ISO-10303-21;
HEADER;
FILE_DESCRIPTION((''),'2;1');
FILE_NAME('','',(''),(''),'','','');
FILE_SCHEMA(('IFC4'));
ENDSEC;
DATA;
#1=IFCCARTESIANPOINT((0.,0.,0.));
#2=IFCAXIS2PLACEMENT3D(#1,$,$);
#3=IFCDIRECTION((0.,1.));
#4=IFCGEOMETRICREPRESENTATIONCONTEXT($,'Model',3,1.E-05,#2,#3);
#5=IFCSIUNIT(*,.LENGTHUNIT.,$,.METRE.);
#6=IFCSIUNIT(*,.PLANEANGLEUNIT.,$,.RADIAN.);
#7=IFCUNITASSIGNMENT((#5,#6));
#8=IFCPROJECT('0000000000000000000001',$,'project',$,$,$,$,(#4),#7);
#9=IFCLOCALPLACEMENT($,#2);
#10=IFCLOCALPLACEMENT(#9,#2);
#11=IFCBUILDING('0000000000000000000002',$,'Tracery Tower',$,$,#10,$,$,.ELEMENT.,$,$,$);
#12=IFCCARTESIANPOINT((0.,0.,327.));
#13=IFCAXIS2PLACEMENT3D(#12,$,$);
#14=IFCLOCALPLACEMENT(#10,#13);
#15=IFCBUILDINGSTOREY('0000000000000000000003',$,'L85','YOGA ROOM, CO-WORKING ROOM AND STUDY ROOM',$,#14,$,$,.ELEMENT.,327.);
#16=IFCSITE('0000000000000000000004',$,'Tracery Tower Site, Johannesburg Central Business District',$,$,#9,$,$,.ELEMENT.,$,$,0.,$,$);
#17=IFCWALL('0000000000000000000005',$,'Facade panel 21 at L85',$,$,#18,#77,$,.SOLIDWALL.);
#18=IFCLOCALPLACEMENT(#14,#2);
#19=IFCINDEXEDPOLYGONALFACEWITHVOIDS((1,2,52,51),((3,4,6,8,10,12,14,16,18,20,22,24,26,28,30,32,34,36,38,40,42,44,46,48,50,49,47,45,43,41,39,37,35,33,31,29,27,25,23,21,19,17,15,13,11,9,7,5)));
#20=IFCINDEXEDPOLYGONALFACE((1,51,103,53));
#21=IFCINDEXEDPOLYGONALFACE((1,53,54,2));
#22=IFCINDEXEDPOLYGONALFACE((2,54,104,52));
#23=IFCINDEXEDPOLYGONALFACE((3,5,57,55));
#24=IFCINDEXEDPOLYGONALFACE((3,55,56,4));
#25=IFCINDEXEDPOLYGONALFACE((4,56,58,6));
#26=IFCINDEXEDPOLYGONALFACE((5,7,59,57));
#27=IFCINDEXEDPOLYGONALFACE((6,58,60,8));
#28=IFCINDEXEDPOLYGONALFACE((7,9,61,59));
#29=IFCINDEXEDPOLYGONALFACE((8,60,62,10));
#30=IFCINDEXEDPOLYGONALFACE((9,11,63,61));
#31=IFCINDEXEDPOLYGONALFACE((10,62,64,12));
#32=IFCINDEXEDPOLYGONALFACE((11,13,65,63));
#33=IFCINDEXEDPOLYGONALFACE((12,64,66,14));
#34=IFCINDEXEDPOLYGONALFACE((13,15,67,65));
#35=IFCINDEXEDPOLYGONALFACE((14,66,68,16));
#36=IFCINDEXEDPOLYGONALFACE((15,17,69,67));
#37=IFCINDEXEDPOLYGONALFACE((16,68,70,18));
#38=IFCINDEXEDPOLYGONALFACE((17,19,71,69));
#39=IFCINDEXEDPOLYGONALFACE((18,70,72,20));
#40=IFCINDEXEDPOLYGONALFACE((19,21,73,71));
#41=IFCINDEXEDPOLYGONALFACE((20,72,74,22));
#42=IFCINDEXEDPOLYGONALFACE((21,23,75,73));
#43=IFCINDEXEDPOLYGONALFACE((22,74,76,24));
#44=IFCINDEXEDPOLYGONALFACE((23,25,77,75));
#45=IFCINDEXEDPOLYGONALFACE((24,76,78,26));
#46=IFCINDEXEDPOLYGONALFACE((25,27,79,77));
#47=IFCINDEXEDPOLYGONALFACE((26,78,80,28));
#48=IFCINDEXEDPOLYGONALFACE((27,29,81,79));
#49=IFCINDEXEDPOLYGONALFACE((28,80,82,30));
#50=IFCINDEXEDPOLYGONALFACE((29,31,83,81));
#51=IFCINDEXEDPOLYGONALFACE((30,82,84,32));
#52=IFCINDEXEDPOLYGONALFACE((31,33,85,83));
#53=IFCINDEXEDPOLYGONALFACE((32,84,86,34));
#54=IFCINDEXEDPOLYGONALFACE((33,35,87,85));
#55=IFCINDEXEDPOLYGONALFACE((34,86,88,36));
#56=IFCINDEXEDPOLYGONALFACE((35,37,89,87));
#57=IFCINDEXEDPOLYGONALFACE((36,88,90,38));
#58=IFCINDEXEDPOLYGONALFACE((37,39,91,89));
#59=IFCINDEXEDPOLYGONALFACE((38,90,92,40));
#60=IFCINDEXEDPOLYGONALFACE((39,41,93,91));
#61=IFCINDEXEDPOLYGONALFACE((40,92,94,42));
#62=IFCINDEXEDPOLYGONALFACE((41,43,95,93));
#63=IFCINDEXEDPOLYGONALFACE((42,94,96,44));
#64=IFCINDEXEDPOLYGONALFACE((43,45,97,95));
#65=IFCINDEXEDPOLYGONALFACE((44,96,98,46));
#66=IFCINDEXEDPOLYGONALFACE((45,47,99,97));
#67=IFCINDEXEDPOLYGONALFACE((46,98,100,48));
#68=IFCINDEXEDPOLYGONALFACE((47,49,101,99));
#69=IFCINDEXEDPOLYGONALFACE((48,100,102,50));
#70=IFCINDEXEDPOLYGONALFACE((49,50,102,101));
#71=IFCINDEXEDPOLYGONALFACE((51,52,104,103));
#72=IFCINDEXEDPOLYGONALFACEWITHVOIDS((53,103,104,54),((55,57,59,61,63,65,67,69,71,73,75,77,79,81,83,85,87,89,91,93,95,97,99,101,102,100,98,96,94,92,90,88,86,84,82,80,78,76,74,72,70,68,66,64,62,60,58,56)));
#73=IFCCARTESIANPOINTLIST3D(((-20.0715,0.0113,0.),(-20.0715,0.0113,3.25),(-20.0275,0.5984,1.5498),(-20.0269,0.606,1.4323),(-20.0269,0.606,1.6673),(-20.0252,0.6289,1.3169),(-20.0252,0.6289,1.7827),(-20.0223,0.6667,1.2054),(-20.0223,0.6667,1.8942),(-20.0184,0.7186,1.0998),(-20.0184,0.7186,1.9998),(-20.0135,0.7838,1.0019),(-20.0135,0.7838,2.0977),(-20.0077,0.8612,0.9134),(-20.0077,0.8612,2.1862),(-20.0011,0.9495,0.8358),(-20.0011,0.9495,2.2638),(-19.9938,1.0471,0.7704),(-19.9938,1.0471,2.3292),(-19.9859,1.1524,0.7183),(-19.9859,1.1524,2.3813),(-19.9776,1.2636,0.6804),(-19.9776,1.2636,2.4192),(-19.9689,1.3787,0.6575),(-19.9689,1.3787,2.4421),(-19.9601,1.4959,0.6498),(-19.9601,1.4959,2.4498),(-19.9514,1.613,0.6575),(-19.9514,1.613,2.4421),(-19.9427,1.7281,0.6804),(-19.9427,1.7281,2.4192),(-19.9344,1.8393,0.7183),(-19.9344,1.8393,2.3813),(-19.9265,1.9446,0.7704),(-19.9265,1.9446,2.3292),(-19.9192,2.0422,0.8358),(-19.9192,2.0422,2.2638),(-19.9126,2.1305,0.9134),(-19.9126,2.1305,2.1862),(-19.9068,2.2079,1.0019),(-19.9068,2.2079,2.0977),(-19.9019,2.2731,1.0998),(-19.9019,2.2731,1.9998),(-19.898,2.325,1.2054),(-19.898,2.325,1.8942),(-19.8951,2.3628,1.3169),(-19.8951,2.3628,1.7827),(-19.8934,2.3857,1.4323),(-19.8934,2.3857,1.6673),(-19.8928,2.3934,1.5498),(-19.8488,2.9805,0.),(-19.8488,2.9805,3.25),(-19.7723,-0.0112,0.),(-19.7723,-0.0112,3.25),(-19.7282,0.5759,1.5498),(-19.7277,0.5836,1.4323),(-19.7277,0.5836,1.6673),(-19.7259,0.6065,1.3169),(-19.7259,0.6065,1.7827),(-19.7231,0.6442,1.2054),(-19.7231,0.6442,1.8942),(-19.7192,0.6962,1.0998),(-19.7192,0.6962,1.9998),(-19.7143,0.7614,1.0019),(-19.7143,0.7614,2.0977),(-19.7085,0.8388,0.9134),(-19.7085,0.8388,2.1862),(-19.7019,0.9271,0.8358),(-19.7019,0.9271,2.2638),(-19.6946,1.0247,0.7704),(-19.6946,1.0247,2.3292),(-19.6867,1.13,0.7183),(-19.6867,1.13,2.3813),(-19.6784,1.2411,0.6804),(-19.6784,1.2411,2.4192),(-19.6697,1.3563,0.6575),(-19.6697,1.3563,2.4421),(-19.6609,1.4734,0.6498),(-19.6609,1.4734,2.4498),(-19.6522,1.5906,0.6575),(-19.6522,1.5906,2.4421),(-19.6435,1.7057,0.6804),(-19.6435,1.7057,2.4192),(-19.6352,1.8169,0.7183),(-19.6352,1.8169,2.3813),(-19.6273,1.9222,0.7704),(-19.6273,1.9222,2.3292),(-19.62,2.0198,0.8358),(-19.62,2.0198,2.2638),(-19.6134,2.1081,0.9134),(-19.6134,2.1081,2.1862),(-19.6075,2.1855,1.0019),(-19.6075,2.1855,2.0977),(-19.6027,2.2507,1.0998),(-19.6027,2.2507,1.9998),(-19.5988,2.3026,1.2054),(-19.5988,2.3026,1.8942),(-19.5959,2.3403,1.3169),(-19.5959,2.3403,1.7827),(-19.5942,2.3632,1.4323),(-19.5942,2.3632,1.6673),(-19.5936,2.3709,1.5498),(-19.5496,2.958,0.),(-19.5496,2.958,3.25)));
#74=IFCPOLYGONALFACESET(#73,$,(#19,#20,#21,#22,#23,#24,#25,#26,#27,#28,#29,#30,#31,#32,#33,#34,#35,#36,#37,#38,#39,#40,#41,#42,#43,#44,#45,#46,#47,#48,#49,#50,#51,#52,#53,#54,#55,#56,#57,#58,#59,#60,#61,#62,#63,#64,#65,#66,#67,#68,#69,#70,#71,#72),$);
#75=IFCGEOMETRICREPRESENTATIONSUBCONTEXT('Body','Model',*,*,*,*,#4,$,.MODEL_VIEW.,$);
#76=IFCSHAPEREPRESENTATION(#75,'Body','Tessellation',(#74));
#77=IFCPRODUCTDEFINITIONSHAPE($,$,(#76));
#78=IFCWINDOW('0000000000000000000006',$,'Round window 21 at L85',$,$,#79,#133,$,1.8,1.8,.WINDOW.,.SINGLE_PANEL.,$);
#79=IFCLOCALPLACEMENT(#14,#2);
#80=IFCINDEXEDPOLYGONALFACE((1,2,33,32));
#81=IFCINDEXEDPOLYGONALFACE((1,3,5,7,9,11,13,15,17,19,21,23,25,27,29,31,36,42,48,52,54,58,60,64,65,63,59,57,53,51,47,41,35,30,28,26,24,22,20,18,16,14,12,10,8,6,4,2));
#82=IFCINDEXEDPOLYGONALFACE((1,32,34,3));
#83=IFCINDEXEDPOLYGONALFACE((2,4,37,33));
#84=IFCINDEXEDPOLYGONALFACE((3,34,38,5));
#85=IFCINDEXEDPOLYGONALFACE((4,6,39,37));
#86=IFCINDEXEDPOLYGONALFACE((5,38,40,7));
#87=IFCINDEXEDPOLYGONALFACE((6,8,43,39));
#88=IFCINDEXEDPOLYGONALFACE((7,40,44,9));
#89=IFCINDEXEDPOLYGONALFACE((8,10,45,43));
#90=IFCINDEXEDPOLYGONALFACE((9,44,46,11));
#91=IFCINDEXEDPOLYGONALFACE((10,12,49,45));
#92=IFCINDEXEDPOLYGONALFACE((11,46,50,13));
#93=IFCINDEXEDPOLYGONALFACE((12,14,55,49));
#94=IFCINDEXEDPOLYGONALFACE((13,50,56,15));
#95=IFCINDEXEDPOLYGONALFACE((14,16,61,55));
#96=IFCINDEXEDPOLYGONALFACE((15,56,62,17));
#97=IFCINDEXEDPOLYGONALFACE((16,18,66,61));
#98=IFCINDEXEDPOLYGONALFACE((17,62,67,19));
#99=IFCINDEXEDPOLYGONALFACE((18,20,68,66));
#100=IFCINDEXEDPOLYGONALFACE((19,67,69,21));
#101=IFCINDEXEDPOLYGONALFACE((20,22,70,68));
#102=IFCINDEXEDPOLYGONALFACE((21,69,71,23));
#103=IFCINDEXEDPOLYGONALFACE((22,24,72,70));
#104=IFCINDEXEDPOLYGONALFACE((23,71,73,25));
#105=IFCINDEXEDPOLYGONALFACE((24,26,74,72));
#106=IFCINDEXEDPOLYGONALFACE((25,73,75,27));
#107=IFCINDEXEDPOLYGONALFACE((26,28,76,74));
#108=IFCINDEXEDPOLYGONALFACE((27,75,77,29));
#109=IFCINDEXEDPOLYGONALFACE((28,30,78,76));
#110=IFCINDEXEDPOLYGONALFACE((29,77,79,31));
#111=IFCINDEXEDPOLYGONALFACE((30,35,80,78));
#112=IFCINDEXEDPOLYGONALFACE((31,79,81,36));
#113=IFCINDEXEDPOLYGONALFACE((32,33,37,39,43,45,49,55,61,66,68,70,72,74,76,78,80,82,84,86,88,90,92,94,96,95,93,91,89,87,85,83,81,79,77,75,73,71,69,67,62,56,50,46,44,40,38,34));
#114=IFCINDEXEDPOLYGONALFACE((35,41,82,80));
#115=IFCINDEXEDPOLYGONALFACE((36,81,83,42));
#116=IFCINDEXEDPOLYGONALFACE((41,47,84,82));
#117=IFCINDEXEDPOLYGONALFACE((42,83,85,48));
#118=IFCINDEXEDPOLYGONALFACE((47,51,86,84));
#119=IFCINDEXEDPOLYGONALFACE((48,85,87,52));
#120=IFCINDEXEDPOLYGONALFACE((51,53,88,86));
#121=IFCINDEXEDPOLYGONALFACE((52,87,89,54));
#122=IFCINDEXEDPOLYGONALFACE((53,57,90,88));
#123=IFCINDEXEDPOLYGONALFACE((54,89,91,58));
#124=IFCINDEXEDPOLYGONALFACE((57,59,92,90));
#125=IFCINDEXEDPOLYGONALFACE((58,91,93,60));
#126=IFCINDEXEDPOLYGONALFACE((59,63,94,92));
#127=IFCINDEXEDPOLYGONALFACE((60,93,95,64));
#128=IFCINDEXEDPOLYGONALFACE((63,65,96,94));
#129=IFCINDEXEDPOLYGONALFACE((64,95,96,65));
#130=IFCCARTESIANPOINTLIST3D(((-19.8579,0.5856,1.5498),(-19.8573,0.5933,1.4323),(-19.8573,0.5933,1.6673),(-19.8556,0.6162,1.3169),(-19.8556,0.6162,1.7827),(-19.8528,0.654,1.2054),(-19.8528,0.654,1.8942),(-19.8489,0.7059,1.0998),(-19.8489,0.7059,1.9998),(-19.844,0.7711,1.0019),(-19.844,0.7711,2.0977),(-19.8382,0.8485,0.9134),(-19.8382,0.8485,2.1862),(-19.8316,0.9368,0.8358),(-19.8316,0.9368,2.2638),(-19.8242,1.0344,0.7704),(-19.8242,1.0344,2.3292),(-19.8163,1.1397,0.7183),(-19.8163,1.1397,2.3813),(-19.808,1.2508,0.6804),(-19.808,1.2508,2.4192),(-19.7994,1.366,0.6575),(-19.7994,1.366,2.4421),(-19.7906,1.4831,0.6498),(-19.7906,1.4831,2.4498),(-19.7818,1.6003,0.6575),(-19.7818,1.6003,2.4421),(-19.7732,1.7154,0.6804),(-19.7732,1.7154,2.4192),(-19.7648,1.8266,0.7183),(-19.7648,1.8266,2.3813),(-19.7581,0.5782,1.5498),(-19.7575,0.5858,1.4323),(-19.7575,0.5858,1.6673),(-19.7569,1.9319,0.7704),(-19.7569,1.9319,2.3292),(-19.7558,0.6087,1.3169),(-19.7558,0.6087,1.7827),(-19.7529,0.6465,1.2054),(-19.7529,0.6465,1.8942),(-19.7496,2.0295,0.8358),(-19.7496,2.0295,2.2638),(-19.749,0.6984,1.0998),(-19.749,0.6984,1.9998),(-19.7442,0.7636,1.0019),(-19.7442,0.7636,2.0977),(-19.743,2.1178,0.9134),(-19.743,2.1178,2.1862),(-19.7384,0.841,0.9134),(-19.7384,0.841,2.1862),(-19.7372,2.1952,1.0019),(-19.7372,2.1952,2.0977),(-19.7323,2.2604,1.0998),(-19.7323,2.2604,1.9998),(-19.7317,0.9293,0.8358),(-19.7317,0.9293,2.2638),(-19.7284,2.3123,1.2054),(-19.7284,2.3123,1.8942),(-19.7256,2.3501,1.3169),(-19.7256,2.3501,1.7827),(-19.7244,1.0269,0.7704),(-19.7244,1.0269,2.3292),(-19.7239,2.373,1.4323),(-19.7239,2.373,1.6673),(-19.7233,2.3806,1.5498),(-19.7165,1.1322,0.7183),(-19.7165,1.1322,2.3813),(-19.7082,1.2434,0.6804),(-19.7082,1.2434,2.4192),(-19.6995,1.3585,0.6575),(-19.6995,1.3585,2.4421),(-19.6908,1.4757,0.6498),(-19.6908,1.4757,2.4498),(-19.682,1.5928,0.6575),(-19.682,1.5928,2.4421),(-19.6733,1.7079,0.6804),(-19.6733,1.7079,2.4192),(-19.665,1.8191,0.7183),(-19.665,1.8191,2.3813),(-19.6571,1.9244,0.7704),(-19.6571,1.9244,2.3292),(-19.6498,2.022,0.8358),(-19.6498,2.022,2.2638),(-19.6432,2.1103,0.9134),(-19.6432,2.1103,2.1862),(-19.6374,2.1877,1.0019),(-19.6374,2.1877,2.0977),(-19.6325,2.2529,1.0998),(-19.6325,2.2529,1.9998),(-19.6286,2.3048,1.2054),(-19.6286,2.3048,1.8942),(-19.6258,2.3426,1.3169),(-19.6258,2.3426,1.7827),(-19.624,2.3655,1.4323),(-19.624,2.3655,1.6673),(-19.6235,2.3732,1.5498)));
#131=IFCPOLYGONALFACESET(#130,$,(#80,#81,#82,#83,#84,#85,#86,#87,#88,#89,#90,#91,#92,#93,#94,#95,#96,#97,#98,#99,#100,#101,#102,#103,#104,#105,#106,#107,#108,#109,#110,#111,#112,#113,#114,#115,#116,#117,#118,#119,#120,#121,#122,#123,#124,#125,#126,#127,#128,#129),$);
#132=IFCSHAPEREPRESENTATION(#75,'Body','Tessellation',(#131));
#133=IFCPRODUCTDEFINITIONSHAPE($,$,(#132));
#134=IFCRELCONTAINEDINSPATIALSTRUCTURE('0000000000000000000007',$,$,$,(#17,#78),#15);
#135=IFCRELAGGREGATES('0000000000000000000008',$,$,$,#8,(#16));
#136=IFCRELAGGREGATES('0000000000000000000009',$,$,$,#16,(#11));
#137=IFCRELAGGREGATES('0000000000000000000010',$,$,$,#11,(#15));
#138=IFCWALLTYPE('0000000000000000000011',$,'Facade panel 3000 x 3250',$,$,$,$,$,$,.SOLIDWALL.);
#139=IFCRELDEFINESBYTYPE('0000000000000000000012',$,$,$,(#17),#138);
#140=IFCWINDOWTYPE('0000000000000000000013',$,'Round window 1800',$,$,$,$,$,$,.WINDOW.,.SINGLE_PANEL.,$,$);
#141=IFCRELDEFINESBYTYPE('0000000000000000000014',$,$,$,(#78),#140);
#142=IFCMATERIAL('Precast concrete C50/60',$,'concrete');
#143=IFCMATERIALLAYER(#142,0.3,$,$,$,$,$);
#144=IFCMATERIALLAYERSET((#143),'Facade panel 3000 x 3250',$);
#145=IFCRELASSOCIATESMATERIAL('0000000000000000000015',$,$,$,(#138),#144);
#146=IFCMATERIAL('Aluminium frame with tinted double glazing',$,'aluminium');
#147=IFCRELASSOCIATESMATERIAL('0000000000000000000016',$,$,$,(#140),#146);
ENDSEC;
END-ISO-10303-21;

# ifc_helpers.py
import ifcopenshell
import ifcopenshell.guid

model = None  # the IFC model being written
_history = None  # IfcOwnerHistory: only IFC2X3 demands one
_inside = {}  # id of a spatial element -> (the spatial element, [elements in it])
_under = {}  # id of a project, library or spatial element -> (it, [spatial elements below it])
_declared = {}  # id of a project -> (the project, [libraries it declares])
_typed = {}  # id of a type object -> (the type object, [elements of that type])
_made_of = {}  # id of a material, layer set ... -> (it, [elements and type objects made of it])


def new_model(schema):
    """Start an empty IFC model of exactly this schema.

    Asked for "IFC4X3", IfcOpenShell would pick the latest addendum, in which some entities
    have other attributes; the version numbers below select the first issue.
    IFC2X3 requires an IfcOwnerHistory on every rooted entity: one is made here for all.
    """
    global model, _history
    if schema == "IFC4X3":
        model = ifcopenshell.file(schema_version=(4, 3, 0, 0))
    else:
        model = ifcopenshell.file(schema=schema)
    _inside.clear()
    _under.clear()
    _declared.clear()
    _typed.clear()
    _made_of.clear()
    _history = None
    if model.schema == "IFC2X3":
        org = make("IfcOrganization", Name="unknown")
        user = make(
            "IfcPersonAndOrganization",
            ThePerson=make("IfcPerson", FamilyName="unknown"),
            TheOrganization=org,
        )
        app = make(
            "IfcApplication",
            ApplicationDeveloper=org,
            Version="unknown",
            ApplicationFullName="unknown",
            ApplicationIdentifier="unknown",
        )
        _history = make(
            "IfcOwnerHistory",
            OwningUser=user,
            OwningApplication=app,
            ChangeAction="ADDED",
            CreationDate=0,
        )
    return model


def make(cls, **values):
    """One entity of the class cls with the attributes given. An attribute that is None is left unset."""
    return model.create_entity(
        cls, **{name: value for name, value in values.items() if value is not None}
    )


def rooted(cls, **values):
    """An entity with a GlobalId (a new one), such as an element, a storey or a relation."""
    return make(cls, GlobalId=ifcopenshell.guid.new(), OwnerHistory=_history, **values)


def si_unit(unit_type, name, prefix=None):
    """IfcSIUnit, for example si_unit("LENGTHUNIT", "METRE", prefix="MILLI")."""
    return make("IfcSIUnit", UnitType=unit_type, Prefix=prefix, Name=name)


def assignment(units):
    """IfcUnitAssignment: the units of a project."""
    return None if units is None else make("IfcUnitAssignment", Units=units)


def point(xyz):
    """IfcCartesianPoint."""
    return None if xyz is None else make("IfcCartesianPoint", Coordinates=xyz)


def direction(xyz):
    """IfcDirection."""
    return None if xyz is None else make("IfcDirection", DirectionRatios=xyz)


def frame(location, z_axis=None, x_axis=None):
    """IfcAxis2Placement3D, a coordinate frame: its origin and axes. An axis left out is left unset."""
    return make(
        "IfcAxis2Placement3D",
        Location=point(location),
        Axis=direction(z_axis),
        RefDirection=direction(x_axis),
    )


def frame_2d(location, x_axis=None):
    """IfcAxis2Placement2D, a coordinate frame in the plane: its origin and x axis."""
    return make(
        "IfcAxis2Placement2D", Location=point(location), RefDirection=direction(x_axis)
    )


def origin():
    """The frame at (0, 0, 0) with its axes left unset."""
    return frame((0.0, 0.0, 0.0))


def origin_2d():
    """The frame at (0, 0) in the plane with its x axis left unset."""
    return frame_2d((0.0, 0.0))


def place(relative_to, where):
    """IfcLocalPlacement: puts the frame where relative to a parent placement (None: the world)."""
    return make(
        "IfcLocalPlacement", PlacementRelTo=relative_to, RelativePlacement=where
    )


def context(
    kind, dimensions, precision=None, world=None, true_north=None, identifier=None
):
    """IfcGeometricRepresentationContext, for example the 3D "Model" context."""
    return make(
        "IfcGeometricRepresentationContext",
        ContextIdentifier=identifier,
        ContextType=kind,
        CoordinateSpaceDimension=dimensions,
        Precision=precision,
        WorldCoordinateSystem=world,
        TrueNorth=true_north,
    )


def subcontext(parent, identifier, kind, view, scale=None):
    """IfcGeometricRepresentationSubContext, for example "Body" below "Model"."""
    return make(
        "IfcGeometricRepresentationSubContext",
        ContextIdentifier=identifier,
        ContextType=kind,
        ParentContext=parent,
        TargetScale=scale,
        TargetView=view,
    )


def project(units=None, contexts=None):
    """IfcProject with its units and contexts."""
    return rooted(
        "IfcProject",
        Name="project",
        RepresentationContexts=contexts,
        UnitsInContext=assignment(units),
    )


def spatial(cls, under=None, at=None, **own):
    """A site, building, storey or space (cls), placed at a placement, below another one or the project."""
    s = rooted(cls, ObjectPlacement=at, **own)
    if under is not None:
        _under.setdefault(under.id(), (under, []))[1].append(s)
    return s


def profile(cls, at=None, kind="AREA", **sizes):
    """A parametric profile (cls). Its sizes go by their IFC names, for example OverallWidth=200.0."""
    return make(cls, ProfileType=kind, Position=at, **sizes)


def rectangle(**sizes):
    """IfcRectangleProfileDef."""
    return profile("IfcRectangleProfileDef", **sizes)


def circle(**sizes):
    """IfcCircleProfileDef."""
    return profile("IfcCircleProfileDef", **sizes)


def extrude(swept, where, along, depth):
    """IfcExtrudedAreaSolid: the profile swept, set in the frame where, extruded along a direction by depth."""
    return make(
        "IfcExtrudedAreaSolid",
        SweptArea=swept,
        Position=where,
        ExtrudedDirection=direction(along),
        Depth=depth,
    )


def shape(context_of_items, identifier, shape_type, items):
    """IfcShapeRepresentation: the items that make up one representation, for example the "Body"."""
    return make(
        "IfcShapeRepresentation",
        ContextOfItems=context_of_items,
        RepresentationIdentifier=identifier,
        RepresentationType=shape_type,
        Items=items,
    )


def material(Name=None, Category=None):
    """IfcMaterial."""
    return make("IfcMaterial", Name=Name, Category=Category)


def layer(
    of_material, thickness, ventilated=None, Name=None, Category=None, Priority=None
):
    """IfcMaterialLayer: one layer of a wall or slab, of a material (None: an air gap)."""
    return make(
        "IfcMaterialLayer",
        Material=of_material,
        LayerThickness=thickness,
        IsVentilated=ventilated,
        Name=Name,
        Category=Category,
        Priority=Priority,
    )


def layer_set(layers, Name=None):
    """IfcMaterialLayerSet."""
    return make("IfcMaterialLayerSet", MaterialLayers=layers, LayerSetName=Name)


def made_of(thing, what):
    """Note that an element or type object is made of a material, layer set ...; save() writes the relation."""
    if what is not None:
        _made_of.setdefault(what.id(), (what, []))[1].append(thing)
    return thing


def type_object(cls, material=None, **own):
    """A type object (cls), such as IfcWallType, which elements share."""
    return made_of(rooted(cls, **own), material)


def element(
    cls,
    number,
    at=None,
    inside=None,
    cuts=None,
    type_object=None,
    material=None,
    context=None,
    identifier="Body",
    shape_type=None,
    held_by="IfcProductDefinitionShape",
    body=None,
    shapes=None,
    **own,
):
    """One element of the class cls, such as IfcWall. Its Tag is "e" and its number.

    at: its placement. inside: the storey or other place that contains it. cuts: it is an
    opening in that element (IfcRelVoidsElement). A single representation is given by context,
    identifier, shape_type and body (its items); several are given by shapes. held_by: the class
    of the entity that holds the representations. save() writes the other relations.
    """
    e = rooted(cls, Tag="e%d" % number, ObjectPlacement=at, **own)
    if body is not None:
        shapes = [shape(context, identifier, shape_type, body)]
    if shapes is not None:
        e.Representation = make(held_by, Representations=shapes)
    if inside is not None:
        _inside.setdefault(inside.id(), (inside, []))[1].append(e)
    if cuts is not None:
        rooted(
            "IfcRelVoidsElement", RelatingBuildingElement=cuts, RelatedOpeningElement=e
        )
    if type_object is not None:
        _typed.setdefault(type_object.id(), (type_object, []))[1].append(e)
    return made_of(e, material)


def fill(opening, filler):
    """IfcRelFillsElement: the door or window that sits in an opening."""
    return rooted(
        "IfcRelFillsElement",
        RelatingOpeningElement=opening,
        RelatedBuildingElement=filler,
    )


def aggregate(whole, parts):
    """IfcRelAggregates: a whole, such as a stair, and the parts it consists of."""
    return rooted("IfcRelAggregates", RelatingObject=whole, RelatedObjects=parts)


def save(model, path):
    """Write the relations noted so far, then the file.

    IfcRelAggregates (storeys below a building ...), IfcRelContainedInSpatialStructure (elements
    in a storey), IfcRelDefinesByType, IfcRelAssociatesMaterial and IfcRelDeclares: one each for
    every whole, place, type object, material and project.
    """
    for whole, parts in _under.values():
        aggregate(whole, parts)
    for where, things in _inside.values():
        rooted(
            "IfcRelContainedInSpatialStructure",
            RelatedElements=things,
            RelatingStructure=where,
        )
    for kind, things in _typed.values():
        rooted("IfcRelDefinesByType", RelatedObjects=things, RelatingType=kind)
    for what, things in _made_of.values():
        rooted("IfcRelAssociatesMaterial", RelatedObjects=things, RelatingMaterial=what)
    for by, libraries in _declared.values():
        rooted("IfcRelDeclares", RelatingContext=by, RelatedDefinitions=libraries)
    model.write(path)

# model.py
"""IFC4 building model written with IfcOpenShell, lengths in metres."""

from ifc_helpers import new_model, si_unit, direction, frame, frame_2d, origin, origin_2d, place, context, subcontext, project, spatial, rectangle, circle, extrude, material, layer, layer_set, type_object, element, fill, save


model = new_model("IFC4")

# Units and contexts
model_context = context("Model", 3, precision=1e-05, world=origin(), true_north=direction((0.0, 1.0)))
body_context = subcontext(model_context, "Body", "Model", "MODEL_VIEW")
ifc_project = project(units=[si_unit("LENGTHUNIT", "METRE"), si_unit("PLANEANGLEUNIT", "RADIAN")], contexts=[model_context])

# Site, building, storey
site_placement = place(None, origin())
site = spatial("IfcSite", under=ifc_project, at=site_placement, Name="Tracery Tower Site, Johannesburg Central Business District", CompositionType="ELEMENT", RefElevation=0.0)
building_placement = place(site_placement, origin())
building = spatial("IfcBuilding", under=site, at=building_placement, Name="Tracery Tower", CompositionType="ELEMENT")
storey_placement = place(building_placement, frame((0.0, 0.0, 327.0)))
storey = spatial("IfcBuildingStorey", under=building, at=storey_placement, Name="L85", Description="YOGA ROOM, CO-WORKING ROOM AND STUDY ROOM", CompositionType="ELEMENT", Elevation=327.0)

# Wall, opening, window
ifc_material_1 = material(Name="Precast concrete C50/60", Category="concrete")
ifc_layer_1 = layer(ifc_material_1, 0.3)
ifc_layer_set_1 = layer_set([ifc_layer_1], Name="Facade panel 3000 x 3250")
wall_type_1 = type_object("IfcWallType", Name="Facade panel 3000 x 3250", PredefinedType="SOLIDWALL", material=ifc_layer_set_1)
ifc_material_2 = material(Name="Aluminium frame with tinted double glazing", Category="aluminium")
window_type = type_object("IfcWindowType", Name="Round window 1800", PartitioningType="SINGLE_PANEL", PredefinedType="WINDOW", material=ifc_material_2)
wall_1_placement = place(storey_placement, frame((-19.6992, 2.9692, 0.0), z_axis=(0.0, 0.0, 1.0), x_axis=(-0.074778, -0.9972, 0.0)))
wall_1 = element("IfcWall", 1, at=wall_1_placement, inside=storey, type_object=wall_type_1, Name="Facade panel 21 at L85", PredefinedType="SOLIDWALL", context=body_context, shape_type="SweptSolid", body=[
    extrude(rectangle(XDim=2.9775, YDim=0.3, at=frame_2d((1.4888, 0.0))), origin(), (0.0, 0.0, 1.0), 3.25),
])
opening_1_placement = place(wall_1_placement, frame((1.4888, 0.0, 1.5498)))
opening_1 = element("IfcOpeningElement", 2, at=opening_1_placement, cuts=wall_1, PredefinedType="OPENING", context=body_context, shape_type="SweptSolid", body=[
    extrude(circle(Radius=0.9, at=origin_2d()), frame((0.0, 0.1599, 0.0), z_axis=(0.0, -1.0, 0.0), x_axis=(1.0, 0.0, 0.0)), (0.0, 0.0, 1.0), 0.3201),
])
window_1_placement = place(opening_1_placement, origin())
window_1 = element("IfcWindow", 3, at=window_1_placement, inside=storey, type_object=window_type, Name="Round window 21 at L85", OverallHeight=1.8, OverallWidth=1.8, PartitioningType="SINGLE_PANEL", PredefinedType="WINDOW", context=body_context, shape_type="SweptSolid", body=[
    extrude(circle(Radius=0.9, at=origin_2d()), frame((0.0, 0.1201, 0.0), z_axis=(0.0, -1.0, 0.0), x_axis=(1.0, 0.0, 0.0)), (0.0, 0.0, 1.0), 0.1001),
])
fill(opening_1, window_1)

save(model, "model.ifc")
